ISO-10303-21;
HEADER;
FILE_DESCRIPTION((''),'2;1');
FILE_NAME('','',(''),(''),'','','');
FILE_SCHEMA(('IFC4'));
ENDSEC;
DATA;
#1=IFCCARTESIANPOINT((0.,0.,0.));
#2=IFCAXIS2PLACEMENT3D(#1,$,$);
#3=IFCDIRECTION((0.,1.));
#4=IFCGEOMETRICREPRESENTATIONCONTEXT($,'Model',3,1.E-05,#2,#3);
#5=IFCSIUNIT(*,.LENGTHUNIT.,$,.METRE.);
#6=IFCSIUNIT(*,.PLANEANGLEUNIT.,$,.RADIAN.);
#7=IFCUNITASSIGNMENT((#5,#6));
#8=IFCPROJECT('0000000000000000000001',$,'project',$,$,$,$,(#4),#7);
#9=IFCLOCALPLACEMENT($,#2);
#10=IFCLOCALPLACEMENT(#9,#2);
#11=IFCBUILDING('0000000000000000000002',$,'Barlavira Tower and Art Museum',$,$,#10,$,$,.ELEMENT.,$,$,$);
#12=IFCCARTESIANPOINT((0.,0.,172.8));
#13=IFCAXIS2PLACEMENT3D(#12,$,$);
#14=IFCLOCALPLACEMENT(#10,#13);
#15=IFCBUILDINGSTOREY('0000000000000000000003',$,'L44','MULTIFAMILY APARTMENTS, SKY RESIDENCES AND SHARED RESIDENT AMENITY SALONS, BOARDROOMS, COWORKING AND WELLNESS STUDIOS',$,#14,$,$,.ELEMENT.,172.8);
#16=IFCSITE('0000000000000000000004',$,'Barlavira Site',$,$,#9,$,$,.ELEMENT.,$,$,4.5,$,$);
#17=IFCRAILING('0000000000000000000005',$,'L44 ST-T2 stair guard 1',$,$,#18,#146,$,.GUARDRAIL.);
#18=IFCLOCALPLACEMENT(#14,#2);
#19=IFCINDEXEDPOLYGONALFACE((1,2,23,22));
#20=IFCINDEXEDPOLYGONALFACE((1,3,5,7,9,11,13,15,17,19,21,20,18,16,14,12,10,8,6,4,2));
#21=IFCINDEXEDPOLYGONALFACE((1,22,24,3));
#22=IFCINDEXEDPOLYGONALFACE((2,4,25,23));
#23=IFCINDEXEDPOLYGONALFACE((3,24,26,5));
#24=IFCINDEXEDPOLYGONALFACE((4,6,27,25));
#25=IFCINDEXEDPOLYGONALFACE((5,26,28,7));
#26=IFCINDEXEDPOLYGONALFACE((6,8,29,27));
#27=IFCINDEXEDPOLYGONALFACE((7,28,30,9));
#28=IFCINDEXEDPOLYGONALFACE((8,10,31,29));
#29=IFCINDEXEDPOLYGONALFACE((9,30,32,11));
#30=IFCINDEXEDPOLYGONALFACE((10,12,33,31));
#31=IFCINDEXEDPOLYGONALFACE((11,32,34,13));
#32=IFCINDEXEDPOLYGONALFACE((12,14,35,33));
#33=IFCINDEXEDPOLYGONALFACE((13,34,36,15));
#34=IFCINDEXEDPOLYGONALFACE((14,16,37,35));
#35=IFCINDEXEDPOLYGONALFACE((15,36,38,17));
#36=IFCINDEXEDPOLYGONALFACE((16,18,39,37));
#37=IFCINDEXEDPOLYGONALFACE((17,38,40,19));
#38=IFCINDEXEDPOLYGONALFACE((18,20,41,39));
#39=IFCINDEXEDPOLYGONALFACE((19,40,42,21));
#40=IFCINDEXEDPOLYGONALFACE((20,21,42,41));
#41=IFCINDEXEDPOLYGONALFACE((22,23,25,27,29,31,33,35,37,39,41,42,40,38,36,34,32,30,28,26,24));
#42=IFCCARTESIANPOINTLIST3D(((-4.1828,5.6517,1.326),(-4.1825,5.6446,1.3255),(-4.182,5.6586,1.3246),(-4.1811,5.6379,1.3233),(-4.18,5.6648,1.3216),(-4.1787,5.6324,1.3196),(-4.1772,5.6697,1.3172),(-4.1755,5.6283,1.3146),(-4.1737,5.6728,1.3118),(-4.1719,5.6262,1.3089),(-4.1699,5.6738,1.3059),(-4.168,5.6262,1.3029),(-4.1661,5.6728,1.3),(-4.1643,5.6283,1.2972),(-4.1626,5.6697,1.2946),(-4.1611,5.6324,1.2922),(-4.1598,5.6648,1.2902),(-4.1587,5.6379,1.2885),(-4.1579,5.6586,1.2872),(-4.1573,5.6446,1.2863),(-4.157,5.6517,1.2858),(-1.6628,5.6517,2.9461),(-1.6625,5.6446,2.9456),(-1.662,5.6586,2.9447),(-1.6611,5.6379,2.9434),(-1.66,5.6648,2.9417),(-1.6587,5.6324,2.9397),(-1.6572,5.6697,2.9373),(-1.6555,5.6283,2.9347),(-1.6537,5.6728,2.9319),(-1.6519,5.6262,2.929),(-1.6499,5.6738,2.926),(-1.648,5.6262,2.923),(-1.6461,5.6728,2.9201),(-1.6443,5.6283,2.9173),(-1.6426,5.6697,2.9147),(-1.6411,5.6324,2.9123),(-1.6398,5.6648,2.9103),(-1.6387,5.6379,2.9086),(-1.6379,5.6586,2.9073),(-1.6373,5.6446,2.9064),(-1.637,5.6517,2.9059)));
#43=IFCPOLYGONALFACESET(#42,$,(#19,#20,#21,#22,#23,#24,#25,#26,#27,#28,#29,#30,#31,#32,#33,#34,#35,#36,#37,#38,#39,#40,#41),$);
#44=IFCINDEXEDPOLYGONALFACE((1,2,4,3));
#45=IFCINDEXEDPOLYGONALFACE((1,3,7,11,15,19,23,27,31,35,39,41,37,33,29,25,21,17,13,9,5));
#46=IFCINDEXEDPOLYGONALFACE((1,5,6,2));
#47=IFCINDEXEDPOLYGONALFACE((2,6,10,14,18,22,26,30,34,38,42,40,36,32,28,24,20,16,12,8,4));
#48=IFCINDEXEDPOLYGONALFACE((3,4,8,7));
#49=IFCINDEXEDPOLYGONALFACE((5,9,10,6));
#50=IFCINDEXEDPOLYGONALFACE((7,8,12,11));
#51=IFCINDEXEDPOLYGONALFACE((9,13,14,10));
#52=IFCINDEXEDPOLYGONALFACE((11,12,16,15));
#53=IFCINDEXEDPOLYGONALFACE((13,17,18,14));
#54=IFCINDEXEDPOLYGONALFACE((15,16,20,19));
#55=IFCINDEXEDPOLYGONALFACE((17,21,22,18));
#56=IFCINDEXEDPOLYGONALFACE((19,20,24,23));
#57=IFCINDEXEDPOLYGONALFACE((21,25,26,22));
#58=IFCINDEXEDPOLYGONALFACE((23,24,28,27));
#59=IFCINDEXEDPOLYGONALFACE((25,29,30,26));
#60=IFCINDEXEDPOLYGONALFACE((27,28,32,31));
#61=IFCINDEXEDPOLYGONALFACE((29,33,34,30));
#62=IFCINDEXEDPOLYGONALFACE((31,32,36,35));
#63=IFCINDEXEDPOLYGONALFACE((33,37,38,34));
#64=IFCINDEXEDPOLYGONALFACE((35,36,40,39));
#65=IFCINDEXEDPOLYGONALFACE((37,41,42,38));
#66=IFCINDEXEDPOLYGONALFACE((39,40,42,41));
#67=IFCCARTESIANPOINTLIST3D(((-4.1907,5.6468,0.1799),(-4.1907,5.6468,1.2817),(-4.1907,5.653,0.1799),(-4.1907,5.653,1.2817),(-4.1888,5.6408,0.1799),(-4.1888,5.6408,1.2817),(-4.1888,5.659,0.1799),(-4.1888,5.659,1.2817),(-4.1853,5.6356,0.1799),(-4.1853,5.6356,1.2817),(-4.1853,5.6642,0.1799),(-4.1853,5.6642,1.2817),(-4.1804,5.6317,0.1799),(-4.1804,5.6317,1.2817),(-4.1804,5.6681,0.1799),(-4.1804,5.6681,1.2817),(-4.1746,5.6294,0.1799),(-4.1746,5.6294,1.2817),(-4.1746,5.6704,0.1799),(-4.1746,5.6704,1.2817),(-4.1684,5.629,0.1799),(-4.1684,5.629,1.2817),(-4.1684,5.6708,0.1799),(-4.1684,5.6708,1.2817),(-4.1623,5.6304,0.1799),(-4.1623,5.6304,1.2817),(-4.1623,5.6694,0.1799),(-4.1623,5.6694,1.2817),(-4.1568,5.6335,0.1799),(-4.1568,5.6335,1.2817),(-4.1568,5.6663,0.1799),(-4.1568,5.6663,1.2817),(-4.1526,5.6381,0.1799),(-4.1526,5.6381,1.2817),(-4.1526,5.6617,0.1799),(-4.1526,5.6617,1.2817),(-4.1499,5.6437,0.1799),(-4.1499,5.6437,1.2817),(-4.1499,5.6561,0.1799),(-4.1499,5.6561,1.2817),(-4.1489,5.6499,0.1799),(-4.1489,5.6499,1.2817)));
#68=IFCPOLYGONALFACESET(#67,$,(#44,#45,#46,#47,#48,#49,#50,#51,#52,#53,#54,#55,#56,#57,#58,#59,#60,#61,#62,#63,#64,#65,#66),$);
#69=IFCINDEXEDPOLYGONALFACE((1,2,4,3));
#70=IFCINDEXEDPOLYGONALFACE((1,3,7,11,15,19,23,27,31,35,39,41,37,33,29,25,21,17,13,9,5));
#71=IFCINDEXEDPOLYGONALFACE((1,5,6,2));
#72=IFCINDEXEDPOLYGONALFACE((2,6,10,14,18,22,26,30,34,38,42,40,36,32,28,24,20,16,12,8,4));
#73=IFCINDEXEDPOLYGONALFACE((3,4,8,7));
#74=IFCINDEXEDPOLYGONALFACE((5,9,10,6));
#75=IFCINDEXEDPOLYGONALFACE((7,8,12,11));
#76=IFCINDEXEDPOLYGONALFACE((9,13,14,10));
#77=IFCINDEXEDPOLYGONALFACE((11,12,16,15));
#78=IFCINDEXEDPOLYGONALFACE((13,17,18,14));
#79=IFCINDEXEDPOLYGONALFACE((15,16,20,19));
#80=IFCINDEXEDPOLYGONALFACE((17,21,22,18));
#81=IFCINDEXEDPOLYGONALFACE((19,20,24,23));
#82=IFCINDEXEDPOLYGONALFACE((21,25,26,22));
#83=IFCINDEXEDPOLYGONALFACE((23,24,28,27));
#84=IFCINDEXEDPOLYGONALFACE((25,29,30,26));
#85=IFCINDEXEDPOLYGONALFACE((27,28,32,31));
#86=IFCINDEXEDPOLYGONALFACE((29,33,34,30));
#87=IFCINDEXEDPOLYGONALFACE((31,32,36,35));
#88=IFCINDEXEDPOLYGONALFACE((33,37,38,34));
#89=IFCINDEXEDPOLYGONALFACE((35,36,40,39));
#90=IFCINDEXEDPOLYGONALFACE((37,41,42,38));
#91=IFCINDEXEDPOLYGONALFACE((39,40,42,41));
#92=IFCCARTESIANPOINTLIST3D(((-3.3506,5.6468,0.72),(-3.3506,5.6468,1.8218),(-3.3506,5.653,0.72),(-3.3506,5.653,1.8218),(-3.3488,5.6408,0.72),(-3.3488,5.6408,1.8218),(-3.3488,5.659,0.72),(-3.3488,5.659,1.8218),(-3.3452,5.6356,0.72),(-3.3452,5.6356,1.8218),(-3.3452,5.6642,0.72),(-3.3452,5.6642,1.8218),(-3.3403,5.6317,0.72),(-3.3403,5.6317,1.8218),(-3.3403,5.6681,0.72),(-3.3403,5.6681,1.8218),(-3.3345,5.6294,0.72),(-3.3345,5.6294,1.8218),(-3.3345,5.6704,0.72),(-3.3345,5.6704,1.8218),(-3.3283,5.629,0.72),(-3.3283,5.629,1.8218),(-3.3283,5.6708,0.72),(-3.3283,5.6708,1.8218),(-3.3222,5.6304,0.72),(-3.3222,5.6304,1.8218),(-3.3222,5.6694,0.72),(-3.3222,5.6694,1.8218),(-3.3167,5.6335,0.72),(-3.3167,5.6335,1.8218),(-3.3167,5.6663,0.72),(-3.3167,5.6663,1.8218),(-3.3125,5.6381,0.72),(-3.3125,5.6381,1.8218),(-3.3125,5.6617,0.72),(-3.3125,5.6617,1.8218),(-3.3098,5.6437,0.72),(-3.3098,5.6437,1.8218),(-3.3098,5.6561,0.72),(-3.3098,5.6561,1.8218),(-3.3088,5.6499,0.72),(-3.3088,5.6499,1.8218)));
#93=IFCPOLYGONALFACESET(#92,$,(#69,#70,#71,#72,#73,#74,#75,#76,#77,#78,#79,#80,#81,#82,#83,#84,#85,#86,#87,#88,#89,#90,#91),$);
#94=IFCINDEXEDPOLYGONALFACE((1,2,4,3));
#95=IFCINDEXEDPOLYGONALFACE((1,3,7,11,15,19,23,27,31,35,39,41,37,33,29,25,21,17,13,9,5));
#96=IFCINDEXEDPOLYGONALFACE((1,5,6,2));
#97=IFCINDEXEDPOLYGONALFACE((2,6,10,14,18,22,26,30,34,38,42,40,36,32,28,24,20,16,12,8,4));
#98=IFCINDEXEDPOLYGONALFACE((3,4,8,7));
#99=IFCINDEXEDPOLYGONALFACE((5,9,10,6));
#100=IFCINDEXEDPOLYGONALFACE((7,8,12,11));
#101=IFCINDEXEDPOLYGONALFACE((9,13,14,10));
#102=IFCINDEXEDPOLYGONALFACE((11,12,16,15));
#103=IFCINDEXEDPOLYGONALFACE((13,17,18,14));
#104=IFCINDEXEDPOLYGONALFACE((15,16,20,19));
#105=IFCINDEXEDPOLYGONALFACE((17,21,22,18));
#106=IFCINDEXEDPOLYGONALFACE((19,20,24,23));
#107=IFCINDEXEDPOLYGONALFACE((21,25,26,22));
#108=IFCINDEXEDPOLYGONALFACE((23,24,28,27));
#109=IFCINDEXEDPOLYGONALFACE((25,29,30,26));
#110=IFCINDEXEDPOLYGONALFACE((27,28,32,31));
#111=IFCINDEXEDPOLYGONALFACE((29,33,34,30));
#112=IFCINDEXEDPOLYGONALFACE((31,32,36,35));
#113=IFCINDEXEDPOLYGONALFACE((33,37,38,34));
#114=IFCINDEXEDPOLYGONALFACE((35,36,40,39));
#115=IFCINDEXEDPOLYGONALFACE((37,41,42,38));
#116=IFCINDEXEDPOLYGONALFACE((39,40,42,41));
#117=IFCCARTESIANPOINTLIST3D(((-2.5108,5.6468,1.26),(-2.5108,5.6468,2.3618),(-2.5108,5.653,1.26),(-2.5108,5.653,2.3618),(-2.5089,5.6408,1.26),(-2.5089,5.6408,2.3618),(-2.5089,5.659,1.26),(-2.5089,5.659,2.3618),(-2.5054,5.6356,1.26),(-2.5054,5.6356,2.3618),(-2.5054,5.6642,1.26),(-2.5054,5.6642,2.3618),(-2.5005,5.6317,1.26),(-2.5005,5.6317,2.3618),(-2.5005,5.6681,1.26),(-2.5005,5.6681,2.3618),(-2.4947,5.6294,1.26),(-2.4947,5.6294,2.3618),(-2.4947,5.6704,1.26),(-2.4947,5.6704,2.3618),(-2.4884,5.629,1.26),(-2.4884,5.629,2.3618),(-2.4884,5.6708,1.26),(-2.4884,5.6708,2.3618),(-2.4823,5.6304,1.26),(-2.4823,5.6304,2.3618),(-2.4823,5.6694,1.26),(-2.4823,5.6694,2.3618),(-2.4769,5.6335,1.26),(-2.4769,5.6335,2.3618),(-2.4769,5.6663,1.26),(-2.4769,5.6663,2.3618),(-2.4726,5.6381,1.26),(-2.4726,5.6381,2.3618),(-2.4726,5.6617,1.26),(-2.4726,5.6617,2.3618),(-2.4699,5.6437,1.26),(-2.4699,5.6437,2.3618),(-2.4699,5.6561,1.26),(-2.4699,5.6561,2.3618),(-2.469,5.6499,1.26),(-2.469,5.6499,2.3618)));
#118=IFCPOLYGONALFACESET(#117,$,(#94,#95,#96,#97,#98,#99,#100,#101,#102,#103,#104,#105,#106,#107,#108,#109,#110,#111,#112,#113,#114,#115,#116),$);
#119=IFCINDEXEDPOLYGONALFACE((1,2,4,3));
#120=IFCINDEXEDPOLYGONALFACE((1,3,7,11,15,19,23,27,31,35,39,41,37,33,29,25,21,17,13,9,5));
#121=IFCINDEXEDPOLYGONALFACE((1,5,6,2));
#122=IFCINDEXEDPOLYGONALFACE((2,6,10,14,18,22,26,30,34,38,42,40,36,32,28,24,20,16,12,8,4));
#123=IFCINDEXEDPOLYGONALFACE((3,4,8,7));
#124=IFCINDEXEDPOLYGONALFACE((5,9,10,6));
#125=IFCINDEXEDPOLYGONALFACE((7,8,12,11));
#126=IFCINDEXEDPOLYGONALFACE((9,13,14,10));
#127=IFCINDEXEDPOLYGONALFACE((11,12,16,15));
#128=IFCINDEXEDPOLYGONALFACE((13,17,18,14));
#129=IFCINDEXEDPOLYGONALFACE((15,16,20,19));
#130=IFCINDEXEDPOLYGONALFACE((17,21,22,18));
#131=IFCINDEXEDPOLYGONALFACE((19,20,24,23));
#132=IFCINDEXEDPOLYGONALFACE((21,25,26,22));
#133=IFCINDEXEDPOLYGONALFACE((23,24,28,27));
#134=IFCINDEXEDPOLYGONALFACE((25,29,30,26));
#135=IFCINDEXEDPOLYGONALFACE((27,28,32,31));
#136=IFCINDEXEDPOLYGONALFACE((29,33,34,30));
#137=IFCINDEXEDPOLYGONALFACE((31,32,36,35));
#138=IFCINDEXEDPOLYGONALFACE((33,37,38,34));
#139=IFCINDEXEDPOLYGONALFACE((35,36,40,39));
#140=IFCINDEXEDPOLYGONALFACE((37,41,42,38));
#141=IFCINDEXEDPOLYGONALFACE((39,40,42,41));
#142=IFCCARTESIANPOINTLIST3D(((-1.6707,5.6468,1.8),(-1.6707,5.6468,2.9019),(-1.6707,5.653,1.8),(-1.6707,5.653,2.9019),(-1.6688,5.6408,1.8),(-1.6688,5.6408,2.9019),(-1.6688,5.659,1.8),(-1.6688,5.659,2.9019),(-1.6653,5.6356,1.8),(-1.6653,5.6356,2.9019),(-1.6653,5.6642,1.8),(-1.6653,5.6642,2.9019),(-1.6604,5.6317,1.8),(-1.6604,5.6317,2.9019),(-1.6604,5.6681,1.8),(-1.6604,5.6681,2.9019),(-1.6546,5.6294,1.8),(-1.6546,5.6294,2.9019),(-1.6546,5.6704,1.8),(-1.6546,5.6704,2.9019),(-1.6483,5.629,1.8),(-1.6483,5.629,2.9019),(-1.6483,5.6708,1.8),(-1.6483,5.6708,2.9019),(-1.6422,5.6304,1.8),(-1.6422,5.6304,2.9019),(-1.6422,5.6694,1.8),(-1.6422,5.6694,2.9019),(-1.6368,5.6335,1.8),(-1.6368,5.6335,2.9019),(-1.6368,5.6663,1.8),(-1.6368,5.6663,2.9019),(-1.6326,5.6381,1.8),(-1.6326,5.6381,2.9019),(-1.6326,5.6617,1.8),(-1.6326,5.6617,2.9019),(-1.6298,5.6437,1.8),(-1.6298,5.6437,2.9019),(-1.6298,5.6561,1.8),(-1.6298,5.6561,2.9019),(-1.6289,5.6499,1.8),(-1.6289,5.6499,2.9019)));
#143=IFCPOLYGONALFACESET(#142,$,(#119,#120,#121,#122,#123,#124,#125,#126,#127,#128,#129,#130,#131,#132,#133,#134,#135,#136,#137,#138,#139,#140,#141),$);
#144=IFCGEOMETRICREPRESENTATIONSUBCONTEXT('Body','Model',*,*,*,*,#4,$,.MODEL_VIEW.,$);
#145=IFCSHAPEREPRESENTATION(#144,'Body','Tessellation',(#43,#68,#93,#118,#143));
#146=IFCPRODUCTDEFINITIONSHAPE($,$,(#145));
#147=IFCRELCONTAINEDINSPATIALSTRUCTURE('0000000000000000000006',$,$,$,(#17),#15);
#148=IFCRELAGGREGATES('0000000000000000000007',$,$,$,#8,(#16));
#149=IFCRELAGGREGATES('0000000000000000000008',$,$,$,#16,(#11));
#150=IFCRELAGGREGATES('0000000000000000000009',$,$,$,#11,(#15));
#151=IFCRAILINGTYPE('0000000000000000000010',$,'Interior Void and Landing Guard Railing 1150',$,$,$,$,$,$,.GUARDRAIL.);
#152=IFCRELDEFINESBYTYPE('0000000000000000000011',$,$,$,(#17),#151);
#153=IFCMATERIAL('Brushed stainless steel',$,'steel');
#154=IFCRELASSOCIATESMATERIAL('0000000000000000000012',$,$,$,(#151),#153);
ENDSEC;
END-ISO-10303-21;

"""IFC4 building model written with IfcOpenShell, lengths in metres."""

from ifc_helpers import new_model, si_unit, direction, frame, origin, origin_2d, place, context, subcontext, project, spatial, circle, extrude, material, type_object, element, save


model = new_model("IFC4")

# Units and contexts
model_context = context("Model", 3, precision=1e-05, world=origin(), true_north=direction((0.0, 1.0)))
body_context = subcontext(model_context, "Body", "Model", "MODEL_VIEW")
ifc_project = project(units=[si_unit("LENGTHUNIT", "METRE"), si_unit("PLANEANGLEUNIT", "RADIAN")], contexts=[model_context])

# Site, building, storey
site_placement = place(None, origin())
site = spatial("IfcSite", under=ifc_project, at=site_placement, Name="Barlavira Site", CompositionType="ELEMENT", RefElevation=4.5)
building_placement = place(site_placement, origin())
building = spatial("IfcBuilding", under=site, at=building_placement, Name="Barlavira Tower and Art Museum", CompositionType="ELEMENT")
storey_placement = place(building_placement, frame((0.0, 0.0, 172.8)))
storey = spatial("IfcBuildingStorey", under=building, at=storey_placement, Name="L44", Description="MULTIFAMILY APARTMENTS, SKY RESIDENCES AND SHARED RESIDENT AMENITY SALONS, BOARDROOMS, COWORKING AND WELLNESS STUDIOS", CompositionType="ELEMENT", Elevation=172.8)

# Shared definitions
ifc_material_1 = material(Name="Brushed stainless steel", Category="steel")

# Railing
railing_type_1 = type_object("IfcRailingType", Name="Interior Void and Landing Guard Railing 1150", PredefinedType="GUARDRAIL", material=ifc_material_1)
railing_1_placement = place(storey_placement, frame((-4.1699, 5.6499, 0.1799)))
element("IfcRailing", 1, at=railing_1_placement, inside=storey, type_object=railing_type_1, Name="L44 ST-T2 stair guard 1", PredefinedType="GUARDRAIL", context=body_context, shape_type="SweptSolid", body=[
    extrude(circle(Radius=0.0239, at=origin_2d()), frame((0.0, 0.0, 1.126), z_axis=(0.841163, 0.0, 0.540782), x_axis=(0.0, 1.0, 0.0)), (0.0, 0.0, 1.0), 2.9958),
    extrude(circle(Radius=0.021, at=origin_2d()), origin(), (0.0, 0.0, 1.0), 1.1018),
    extrude(circle(Radius=0.021, at=origin_2d()), frame((0.8401, 0.0, 0.54)), (0.0, 0.0, 1.0), 1.1018),
    extrude(circle(Radius=0.021, at=origin_2d()), frame((1.6799, 0.0, 1.0801)), (0.0, 0.0, 1.0), 1.1018),
    extrude(circle(Radius=0.021, at=origin_2d()), frame((2.52, 0.0, 1.6201)), (0.0, 0.0, 1.0), 1.1018),
])

save(model, "model.ifc")
